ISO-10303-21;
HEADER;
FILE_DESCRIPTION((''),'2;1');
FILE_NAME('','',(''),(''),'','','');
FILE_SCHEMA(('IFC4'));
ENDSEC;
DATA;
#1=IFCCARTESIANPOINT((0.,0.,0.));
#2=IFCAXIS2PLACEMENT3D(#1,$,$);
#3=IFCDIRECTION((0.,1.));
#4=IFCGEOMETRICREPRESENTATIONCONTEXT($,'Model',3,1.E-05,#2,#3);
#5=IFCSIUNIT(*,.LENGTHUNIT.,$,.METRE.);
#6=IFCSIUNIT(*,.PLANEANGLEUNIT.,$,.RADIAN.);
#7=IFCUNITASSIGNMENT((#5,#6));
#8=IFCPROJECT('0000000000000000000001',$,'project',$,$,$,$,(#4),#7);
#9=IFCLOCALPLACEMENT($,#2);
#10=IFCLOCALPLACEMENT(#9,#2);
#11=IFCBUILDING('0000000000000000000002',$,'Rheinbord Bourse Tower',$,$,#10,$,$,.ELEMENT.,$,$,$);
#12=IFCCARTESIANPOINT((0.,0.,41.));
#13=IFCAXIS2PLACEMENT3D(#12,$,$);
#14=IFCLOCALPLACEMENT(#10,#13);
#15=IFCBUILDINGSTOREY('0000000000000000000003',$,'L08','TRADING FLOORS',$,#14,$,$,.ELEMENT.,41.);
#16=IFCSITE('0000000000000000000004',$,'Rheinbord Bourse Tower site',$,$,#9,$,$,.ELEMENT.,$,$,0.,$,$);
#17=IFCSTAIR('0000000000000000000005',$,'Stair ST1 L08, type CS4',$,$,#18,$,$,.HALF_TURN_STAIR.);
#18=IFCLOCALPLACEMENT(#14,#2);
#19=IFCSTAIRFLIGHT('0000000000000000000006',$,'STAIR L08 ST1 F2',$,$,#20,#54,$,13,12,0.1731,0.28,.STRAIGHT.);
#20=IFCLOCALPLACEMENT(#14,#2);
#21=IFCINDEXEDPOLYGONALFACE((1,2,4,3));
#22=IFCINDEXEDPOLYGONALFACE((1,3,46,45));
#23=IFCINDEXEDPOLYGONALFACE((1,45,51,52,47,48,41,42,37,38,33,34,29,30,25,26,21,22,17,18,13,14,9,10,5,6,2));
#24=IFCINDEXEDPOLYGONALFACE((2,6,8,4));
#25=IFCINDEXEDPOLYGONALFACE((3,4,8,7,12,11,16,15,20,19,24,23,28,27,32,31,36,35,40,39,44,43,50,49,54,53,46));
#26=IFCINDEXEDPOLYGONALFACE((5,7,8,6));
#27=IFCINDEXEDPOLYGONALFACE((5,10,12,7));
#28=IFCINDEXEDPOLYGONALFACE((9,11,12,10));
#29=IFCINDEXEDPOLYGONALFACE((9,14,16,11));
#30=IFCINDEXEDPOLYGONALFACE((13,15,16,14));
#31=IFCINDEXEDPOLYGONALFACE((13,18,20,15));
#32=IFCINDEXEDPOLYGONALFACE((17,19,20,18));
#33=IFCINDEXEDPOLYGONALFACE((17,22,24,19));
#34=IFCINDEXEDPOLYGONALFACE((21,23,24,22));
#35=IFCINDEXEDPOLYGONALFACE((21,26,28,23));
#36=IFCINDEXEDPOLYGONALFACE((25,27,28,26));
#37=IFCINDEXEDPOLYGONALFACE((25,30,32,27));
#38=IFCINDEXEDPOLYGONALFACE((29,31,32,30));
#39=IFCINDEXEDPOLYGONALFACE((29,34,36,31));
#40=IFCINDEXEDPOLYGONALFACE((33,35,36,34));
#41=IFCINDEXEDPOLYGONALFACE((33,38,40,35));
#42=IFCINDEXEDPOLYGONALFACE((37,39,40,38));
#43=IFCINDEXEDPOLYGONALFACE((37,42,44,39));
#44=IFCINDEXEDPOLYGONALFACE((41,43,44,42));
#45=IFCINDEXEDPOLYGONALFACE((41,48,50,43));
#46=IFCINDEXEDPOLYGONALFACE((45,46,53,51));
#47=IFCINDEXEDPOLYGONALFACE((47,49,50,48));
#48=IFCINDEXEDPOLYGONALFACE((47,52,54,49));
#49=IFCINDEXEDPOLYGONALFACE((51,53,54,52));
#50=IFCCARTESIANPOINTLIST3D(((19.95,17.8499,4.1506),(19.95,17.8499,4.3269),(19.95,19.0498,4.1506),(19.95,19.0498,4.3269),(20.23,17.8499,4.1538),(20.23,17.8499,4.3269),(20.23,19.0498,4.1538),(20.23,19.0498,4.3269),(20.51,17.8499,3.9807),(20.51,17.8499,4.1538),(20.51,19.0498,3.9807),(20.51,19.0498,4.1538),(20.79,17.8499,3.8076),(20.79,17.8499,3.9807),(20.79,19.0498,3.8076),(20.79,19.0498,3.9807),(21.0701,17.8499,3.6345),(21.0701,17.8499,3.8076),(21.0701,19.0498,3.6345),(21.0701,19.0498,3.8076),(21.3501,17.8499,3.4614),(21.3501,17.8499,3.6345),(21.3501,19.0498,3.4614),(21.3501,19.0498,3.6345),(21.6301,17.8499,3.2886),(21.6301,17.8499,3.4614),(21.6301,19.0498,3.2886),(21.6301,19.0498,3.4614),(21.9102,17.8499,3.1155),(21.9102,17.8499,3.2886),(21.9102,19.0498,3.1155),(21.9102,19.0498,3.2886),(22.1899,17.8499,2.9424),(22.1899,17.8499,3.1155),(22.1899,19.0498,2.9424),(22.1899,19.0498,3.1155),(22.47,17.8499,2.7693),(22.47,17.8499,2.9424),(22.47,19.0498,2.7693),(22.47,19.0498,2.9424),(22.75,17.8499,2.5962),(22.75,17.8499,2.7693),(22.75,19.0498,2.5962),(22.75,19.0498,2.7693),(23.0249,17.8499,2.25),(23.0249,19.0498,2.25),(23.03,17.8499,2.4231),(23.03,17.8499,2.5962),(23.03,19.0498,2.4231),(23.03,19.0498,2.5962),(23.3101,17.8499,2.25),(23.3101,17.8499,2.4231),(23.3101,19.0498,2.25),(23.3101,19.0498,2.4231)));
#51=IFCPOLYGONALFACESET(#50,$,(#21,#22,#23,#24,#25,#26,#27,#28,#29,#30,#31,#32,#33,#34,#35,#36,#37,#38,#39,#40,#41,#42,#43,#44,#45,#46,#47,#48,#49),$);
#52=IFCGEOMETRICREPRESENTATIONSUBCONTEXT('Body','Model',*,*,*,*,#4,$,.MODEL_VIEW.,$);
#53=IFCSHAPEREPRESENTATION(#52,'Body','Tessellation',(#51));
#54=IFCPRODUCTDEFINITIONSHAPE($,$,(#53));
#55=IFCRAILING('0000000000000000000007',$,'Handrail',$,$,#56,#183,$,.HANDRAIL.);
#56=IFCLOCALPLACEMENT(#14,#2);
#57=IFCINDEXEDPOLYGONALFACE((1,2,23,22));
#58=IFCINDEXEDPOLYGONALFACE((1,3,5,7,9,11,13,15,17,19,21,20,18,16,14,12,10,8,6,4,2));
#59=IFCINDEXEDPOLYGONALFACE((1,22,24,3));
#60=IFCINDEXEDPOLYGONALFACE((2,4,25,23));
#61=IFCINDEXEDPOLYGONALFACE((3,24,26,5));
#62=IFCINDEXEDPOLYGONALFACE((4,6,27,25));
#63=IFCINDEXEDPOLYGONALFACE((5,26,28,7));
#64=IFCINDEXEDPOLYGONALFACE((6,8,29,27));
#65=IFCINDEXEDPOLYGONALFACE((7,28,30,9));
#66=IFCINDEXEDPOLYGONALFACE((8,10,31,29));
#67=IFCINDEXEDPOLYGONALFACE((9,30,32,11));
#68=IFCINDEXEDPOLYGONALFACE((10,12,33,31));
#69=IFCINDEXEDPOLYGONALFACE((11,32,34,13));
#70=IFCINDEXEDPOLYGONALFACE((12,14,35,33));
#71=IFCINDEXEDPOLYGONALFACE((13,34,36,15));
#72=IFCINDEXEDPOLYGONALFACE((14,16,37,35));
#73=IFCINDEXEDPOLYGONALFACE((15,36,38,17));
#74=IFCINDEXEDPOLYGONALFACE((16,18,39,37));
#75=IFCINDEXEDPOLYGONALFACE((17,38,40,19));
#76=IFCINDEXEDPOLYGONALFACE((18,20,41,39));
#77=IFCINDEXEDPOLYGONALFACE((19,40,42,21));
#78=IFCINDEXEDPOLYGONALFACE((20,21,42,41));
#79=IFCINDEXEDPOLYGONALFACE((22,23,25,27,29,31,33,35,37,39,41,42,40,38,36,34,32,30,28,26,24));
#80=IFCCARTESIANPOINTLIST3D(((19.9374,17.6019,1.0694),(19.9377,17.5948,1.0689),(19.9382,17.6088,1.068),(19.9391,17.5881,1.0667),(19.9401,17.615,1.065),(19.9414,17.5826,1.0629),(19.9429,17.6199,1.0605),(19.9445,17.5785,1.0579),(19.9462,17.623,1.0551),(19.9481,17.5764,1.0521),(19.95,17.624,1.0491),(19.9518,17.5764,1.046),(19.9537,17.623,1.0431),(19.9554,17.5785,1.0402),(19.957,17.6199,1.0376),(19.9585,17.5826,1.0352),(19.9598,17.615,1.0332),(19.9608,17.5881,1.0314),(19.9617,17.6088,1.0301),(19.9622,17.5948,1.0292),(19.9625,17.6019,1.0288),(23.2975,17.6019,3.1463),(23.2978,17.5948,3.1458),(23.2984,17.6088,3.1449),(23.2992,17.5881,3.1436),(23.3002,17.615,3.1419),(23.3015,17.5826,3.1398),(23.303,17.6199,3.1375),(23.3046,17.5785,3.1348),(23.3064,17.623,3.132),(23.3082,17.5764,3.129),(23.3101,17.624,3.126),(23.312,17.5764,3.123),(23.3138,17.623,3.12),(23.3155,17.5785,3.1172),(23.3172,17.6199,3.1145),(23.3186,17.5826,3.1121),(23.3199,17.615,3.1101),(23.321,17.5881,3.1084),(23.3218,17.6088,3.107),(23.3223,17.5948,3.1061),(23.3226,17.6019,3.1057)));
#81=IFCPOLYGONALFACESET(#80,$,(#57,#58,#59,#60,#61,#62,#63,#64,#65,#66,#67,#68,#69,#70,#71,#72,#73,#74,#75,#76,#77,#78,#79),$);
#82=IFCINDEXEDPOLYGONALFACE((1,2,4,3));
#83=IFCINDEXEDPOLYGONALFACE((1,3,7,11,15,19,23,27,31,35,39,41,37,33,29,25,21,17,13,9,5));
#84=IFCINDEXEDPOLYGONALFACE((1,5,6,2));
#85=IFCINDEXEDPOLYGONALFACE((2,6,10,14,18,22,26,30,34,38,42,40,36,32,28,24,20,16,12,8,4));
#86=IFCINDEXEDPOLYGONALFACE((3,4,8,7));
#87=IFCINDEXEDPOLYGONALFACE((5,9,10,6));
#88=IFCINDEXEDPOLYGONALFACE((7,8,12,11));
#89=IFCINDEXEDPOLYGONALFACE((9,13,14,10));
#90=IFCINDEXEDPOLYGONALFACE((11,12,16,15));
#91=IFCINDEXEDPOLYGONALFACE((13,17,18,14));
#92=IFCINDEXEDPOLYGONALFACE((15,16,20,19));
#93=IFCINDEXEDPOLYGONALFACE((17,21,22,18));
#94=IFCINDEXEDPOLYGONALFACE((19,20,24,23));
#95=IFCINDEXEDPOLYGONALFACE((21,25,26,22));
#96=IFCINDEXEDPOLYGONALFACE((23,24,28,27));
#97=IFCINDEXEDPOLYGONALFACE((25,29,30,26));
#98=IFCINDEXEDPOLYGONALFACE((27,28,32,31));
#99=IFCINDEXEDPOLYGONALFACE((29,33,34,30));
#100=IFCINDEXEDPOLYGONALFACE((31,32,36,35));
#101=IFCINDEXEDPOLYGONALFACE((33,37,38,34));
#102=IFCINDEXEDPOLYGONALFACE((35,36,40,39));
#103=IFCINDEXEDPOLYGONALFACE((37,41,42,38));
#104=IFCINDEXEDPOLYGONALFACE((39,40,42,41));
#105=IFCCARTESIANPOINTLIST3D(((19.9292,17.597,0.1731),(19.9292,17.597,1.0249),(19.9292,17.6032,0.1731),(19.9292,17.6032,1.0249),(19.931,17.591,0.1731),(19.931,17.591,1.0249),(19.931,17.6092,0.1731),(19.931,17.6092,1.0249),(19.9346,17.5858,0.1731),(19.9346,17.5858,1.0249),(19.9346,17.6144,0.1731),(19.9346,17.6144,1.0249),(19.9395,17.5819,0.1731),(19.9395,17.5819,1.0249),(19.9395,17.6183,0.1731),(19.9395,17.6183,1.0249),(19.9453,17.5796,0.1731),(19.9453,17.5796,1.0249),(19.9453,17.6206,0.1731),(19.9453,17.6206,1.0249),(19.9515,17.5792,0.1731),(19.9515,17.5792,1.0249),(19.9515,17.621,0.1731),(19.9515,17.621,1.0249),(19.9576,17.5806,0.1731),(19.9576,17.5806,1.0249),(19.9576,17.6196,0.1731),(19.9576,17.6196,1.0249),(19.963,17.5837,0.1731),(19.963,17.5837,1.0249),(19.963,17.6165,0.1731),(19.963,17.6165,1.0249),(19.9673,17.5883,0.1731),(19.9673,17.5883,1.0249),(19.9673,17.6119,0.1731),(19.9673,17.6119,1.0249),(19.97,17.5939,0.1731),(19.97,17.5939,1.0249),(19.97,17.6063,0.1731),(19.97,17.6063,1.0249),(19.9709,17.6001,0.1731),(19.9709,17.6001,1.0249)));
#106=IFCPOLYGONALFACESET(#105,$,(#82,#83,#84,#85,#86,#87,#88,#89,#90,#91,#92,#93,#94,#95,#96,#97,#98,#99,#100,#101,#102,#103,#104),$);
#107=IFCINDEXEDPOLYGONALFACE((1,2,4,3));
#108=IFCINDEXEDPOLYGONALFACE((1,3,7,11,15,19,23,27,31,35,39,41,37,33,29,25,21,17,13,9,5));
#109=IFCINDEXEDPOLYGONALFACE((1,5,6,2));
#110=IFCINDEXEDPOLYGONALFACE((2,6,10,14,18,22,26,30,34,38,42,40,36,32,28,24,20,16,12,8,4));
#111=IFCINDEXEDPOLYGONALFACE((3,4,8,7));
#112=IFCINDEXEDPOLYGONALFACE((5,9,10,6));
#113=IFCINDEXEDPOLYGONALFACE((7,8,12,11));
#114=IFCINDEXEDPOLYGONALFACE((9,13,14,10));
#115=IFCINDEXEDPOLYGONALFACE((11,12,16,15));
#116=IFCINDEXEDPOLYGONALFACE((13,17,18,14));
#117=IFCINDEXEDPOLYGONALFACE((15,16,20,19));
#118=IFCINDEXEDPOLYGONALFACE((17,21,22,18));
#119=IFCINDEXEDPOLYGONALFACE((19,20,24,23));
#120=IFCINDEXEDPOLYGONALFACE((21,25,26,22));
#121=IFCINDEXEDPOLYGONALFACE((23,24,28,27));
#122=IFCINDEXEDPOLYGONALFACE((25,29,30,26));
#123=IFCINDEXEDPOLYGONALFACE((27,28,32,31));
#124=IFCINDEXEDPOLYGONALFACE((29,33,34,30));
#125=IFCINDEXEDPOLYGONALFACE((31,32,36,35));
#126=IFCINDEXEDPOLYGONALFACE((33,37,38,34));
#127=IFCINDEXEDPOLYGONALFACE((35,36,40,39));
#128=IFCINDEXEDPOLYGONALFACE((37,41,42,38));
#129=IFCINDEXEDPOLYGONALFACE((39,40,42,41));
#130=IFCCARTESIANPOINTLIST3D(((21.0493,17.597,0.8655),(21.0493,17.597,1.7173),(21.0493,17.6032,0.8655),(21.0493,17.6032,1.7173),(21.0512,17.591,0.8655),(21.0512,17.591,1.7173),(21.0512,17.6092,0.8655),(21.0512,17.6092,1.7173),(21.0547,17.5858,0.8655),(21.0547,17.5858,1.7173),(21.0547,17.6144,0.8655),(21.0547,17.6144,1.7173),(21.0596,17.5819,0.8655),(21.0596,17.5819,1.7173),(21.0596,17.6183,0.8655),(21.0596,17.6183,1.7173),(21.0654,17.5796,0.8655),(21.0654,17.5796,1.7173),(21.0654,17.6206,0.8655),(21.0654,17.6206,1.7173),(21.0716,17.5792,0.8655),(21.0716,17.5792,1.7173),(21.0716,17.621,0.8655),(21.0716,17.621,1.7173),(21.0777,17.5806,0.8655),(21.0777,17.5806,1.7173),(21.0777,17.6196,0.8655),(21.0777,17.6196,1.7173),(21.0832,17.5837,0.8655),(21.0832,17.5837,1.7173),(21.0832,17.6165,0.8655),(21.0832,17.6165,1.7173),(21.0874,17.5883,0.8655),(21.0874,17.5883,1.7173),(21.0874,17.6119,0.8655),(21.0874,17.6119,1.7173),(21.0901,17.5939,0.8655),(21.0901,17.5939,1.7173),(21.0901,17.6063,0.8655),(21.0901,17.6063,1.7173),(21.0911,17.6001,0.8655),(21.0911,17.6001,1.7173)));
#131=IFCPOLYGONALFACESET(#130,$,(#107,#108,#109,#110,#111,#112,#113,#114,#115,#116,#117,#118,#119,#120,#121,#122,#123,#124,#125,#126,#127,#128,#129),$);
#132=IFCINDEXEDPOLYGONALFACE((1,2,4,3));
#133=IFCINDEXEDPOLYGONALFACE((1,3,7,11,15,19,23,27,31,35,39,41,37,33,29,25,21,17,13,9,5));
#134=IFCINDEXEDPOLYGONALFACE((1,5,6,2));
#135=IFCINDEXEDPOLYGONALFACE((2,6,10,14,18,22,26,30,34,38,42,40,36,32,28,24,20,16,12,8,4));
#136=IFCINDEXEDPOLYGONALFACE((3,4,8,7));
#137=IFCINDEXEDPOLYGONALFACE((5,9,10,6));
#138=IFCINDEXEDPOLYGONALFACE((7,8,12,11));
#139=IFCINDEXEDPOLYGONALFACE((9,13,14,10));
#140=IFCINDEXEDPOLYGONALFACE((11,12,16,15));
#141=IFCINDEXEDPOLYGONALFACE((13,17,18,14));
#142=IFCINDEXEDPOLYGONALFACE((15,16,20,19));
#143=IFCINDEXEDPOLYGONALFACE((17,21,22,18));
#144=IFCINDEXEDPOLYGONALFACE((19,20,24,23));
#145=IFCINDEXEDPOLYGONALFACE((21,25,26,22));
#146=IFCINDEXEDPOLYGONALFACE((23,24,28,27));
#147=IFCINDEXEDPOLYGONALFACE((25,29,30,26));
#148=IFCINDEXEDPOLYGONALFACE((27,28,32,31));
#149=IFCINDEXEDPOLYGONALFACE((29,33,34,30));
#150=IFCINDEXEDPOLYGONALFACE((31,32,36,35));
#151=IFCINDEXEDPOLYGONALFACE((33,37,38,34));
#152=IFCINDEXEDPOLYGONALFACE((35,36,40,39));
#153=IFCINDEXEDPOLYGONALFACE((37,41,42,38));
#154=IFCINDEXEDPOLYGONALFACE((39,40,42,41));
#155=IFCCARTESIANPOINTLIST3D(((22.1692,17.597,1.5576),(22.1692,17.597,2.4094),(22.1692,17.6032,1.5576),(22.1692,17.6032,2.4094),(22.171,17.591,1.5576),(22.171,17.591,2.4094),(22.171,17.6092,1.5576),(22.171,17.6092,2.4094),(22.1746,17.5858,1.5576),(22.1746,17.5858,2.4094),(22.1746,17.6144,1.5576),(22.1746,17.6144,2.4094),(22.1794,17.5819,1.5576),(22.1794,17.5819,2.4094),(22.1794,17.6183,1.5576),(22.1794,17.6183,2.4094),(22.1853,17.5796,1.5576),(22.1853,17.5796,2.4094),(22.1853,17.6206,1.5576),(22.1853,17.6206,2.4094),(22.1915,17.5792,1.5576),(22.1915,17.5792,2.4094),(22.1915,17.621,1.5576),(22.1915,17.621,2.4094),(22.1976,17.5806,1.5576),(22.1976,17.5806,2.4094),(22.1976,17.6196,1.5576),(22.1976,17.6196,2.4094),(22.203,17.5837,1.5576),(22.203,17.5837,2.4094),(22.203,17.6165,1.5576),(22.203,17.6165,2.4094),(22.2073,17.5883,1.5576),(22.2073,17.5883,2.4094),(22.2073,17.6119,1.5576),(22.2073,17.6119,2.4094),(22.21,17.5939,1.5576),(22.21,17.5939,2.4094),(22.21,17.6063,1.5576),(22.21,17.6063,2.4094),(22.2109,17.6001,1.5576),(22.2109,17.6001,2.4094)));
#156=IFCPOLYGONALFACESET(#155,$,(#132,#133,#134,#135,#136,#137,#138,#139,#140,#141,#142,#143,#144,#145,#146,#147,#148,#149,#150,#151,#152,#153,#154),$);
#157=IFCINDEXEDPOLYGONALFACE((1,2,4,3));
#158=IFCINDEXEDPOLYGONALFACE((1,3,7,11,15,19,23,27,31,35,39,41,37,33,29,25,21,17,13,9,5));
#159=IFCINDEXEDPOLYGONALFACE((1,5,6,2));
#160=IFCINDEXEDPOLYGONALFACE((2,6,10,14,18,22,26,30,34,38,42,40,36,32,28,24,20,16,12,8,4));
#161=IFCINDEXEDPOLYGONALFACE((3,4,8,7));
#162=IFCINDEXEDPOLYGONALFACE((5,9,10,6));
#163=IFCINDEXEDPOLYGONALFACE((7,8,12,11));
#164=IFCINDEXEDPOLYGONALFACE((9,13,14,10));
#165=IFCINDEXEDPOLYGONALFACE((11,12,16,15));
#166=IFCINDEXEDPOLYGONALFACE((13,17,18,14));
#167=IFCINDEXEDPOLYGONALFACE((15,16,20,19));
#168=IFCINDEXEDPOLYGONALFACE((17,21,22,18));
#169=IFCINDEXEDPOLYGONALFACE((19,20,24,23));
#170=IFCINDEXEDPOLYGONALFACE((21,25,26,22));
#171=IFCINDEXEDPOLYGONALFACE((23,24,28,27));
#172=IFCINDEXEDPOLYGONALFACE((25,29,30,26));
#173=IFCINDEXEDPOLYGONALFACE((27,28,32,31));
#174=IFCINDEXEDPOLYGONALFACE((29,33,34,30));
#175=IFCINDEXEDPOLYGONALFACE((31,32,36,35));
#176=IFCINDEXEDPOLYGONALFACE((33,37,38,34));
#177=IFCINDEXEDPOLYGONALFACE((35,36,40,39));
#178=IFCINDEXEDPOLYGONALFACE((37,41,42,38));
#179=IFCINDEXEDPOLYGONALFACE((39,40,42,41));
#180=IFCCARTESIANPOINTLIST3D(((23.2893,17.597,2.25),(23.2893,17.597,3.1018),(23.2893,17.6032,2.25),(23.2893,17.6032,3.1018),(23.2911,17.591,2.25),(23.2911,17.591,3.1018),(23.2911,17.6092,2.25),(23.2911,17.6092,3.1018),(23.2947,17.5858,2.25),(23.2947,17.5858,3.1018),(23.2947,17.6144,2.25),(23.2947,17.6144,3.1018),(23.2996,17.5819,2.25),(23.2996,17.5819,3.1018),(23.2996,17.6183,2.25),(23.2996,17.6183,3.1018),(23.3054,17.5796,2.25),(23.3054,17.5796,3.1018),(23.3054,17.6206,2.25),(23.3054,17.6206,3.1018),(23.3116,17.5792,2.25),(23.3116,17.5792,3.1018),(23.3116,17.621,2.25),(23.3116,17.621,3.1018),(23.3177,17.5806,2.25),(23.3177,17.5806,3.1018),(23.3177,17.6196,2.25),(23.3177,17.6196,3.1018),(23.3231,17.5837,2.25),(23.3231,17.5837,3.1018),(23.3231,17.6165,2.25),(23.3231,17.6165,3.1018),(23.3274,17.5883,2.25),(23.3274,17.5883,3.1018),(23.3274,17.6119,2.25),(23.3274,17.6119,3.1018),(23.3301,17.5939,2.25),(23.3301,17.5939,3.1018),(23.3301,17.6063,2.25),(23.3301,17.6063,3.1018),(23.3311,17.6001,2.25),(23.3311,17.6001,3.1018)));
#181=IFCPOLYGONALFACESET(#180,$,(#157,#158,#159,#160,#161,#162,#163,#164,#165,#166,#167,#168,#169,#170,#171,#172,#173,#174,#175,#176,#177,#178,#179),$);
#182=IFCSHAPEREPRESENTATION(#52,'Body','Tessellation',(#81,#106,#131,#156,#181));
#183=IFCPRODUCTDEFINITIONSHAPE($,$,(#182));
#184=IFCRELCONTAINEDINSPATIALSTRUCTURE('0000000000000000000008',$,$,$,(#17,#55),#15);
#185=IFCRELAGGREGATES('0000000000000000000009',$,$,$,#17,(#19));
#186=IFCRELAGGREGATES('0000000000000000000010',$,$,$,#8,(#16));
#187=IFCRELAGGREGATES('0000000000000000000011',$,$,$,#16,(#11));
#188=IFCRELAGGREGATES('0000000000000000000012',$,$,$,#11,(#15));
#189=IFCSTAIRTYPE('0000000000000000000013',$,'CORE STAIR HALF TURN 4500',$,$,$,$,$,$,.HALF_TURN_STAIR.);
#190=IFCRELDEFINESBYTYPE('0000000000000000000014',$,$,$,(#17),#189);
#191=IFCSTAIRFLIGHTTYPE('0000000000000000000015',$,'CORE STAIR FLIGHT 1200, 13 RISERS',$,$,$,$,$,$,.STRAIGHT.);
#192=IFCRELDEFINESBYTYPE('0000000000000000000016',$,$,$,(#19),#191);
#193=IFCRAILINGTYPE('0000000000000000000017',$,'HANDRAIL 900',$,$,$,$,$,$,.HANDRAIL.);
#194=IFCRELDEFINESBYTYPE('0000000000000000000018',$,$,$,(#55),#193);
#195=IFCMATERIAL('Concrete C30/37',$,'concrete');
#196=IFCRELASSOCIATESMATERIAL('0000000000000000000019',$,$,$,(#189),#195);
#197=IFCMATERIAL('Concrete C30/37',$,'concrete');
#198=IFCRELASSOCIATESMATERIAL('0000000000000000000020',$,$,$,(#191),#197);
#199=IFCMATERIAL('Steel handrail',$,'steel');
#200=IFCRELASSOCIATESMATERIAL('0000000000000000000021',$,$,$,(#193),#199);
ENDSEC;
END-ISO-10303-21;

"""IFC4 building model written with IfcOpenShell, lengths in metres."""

from ifc_helpers import new_model, si_unit, direction, frame, origin, origin_2d, place, context, subcontext, project, spatial, polyline, circle, outline, extrude, material, type_object, element, aggregate, save


model = new_model("IFC4")

# Units and contexts
model_context = context("Model", 3, precision=1e-05, world=origin(), true_north=direction((0.0, 1.0)))
body_context = subcontext(model_context, "Body", "Model", "MODEL_VIEW")
ifc_project = project(units=[si_unit("LENGTHUNIT", "METRE"), si_unit("PLANEANGLEUNIT", "RADIAN")], contexts=[model_context])

# Site, building, storey
site_placement = place(None, origin())
site = spatial("IfcSite", under=ifc_project, at=site_placement, Name="Rheinbord Bourse Tower site", CompositionType="ELEMENT", RefElevation=0.0)
building_placement = place(site_placement, origin())
building = spatial("IfcBuilding", under=site, at=building_placement, Name="Rheinbord Bourse Tower", CompositionType="ELEMENT")
storey_placement = place(building_placement, frame((0.0, 0.0, 41.0)))
storey = spatial("IfcBuildingStorey", under=building, at=storey_placement, Name="L08", Description="TRADING FLOORS", CompositionType="ELEMENT", Elevation=41.0)

# Stair, stair flight
ifc_material_1 = material(Name="Concrete C30/37", Category="concrete")
stair_type = type_object("IfcStairType", Name="CORE STAIR HALF TURN 4500", PredefinedType="HALF_TURN_STAIR", material=ifc_material_1)
stair_placement = place(storey_placement, origin())
stair = element("IfcStair", 1, at=stair_placement, inside=storey, type_object=stair_type, Name="Stair ST1 L08, type CS4", PredefinedType="HALF_TURN_STAIR")
ifc_material_2 = material(Name="Concrete C30/37", Category="concrete")
stair_flight_type = type_object("IfcStairFlightType", Name="CORE STAIR FLIGHT 1200, 13 RISERS", PredefinedType="STRAIGHT", material=ifc_material_2)
stair_flight_1_placement = place(storey_placement, frame((23.3101, 18.45, 2.25), z_axis=(0.0, 0.0, 1.0), x_axis=(-1.0, 0.0, 0.0)))
stair_flight_1 = element("IfcStairFlight", 2, at=stair_flight_1_placement, type_object=stair_flight_type, Name="STAIR L08 ST1 F2", NumberOfRisers=13, NumberOfTreads=12, PredefinedType="STRAIGHT", RiserHeight=0.1731, TreadLength=0.28, context=body_context, shape_type="SweptSolid", body=[
    extrude(outline(polyline([(0.0, 0.0), (0.0, 0.1731), (0.28, 0.1731), (0.28, 0.3462), (0.5601, 0.3462), (0.5601, 0.5193), (0.8401, 0.5193), (0.8401, 0.6924), (1.1201, 0.6924), (1.1201, 0.8655), (1.3999, 0.8655), (1.3999, 1.0386), (1.6799, 1.0386), (1.6799, 1.2114), (1.96, 1.2114), (1.96, 1.3845), (2.24, 1.3845), (2.24, 1.5576), (2.52, 1.5576), (2.52, 1.7307), (2.8, 1.7307), (2.8, 1.9038), (3.0801, 1.9038), (3.0801, 2.0769), (3.3601, 2.0769), (3.3601, 2.25), (3.3601, 1.9006), (0.2852, 0.0), (0.0, 0.0)])), frame((0.0, 0.6001, 0.0), z_axis=(0.0, -1.0, 0.0), x_axis=(1.0, 0.0, 0.0)), (0.0, 0.0, 1.0), 1.2),
])
aggregate(stair, [stair_flight_1])

# Railing
ifc_material_3 = material(Name="Steel handrail", Category="steel")
railing_type = type_object("IfcRailingType", Name="HANDRAIL 900", PredefinedType="HANDRAIL", material=ifc_material_3)
railing_1_placement = place(storey_placement, frame((19.95, 17.6001, 0.1731)))
element("IfcRailing", 3, at=railing_1_placement, inside=storey, type_object=railing_type, Name="Handrail", PredefinedType="HANDRAIL", context=body_context, shape_type="SweptSolid", body=[
    extrude(circle(Radius=0.0239, at=origin_2d()), frame((0.0, 0.0, 0.876), z_axis=(0.850623, 0.0, 0.525776), x_axis=(0.0, 1.0, 0.0)), (0.0, 0.0, 1.0), 3.9502),
    extrude(circle(Radius=0.021, at=origin_2d()), origin(), (0.0, 0.0, 1.0), 0.8518),
    extrude(circle(Radius=0.021, at=origin_2d()), frame((1.1201, 0.0, 0.6924)), (0.0, 0.0, 1.0), 0.8518),
    extrude(circle(Radius=0.021, at=origin_2d()), frame((2.24, 0.0, 1.3845)), (0.0, 0.0, 1.0), 0.8518),
    extrude(circle(Radius=0.021, at=origin_2d()), frame((3.3601, 0.0, 2.0769)), (0.0, 0.0, 1.0), 0.8518),
])

save(model, "model.ifc")
